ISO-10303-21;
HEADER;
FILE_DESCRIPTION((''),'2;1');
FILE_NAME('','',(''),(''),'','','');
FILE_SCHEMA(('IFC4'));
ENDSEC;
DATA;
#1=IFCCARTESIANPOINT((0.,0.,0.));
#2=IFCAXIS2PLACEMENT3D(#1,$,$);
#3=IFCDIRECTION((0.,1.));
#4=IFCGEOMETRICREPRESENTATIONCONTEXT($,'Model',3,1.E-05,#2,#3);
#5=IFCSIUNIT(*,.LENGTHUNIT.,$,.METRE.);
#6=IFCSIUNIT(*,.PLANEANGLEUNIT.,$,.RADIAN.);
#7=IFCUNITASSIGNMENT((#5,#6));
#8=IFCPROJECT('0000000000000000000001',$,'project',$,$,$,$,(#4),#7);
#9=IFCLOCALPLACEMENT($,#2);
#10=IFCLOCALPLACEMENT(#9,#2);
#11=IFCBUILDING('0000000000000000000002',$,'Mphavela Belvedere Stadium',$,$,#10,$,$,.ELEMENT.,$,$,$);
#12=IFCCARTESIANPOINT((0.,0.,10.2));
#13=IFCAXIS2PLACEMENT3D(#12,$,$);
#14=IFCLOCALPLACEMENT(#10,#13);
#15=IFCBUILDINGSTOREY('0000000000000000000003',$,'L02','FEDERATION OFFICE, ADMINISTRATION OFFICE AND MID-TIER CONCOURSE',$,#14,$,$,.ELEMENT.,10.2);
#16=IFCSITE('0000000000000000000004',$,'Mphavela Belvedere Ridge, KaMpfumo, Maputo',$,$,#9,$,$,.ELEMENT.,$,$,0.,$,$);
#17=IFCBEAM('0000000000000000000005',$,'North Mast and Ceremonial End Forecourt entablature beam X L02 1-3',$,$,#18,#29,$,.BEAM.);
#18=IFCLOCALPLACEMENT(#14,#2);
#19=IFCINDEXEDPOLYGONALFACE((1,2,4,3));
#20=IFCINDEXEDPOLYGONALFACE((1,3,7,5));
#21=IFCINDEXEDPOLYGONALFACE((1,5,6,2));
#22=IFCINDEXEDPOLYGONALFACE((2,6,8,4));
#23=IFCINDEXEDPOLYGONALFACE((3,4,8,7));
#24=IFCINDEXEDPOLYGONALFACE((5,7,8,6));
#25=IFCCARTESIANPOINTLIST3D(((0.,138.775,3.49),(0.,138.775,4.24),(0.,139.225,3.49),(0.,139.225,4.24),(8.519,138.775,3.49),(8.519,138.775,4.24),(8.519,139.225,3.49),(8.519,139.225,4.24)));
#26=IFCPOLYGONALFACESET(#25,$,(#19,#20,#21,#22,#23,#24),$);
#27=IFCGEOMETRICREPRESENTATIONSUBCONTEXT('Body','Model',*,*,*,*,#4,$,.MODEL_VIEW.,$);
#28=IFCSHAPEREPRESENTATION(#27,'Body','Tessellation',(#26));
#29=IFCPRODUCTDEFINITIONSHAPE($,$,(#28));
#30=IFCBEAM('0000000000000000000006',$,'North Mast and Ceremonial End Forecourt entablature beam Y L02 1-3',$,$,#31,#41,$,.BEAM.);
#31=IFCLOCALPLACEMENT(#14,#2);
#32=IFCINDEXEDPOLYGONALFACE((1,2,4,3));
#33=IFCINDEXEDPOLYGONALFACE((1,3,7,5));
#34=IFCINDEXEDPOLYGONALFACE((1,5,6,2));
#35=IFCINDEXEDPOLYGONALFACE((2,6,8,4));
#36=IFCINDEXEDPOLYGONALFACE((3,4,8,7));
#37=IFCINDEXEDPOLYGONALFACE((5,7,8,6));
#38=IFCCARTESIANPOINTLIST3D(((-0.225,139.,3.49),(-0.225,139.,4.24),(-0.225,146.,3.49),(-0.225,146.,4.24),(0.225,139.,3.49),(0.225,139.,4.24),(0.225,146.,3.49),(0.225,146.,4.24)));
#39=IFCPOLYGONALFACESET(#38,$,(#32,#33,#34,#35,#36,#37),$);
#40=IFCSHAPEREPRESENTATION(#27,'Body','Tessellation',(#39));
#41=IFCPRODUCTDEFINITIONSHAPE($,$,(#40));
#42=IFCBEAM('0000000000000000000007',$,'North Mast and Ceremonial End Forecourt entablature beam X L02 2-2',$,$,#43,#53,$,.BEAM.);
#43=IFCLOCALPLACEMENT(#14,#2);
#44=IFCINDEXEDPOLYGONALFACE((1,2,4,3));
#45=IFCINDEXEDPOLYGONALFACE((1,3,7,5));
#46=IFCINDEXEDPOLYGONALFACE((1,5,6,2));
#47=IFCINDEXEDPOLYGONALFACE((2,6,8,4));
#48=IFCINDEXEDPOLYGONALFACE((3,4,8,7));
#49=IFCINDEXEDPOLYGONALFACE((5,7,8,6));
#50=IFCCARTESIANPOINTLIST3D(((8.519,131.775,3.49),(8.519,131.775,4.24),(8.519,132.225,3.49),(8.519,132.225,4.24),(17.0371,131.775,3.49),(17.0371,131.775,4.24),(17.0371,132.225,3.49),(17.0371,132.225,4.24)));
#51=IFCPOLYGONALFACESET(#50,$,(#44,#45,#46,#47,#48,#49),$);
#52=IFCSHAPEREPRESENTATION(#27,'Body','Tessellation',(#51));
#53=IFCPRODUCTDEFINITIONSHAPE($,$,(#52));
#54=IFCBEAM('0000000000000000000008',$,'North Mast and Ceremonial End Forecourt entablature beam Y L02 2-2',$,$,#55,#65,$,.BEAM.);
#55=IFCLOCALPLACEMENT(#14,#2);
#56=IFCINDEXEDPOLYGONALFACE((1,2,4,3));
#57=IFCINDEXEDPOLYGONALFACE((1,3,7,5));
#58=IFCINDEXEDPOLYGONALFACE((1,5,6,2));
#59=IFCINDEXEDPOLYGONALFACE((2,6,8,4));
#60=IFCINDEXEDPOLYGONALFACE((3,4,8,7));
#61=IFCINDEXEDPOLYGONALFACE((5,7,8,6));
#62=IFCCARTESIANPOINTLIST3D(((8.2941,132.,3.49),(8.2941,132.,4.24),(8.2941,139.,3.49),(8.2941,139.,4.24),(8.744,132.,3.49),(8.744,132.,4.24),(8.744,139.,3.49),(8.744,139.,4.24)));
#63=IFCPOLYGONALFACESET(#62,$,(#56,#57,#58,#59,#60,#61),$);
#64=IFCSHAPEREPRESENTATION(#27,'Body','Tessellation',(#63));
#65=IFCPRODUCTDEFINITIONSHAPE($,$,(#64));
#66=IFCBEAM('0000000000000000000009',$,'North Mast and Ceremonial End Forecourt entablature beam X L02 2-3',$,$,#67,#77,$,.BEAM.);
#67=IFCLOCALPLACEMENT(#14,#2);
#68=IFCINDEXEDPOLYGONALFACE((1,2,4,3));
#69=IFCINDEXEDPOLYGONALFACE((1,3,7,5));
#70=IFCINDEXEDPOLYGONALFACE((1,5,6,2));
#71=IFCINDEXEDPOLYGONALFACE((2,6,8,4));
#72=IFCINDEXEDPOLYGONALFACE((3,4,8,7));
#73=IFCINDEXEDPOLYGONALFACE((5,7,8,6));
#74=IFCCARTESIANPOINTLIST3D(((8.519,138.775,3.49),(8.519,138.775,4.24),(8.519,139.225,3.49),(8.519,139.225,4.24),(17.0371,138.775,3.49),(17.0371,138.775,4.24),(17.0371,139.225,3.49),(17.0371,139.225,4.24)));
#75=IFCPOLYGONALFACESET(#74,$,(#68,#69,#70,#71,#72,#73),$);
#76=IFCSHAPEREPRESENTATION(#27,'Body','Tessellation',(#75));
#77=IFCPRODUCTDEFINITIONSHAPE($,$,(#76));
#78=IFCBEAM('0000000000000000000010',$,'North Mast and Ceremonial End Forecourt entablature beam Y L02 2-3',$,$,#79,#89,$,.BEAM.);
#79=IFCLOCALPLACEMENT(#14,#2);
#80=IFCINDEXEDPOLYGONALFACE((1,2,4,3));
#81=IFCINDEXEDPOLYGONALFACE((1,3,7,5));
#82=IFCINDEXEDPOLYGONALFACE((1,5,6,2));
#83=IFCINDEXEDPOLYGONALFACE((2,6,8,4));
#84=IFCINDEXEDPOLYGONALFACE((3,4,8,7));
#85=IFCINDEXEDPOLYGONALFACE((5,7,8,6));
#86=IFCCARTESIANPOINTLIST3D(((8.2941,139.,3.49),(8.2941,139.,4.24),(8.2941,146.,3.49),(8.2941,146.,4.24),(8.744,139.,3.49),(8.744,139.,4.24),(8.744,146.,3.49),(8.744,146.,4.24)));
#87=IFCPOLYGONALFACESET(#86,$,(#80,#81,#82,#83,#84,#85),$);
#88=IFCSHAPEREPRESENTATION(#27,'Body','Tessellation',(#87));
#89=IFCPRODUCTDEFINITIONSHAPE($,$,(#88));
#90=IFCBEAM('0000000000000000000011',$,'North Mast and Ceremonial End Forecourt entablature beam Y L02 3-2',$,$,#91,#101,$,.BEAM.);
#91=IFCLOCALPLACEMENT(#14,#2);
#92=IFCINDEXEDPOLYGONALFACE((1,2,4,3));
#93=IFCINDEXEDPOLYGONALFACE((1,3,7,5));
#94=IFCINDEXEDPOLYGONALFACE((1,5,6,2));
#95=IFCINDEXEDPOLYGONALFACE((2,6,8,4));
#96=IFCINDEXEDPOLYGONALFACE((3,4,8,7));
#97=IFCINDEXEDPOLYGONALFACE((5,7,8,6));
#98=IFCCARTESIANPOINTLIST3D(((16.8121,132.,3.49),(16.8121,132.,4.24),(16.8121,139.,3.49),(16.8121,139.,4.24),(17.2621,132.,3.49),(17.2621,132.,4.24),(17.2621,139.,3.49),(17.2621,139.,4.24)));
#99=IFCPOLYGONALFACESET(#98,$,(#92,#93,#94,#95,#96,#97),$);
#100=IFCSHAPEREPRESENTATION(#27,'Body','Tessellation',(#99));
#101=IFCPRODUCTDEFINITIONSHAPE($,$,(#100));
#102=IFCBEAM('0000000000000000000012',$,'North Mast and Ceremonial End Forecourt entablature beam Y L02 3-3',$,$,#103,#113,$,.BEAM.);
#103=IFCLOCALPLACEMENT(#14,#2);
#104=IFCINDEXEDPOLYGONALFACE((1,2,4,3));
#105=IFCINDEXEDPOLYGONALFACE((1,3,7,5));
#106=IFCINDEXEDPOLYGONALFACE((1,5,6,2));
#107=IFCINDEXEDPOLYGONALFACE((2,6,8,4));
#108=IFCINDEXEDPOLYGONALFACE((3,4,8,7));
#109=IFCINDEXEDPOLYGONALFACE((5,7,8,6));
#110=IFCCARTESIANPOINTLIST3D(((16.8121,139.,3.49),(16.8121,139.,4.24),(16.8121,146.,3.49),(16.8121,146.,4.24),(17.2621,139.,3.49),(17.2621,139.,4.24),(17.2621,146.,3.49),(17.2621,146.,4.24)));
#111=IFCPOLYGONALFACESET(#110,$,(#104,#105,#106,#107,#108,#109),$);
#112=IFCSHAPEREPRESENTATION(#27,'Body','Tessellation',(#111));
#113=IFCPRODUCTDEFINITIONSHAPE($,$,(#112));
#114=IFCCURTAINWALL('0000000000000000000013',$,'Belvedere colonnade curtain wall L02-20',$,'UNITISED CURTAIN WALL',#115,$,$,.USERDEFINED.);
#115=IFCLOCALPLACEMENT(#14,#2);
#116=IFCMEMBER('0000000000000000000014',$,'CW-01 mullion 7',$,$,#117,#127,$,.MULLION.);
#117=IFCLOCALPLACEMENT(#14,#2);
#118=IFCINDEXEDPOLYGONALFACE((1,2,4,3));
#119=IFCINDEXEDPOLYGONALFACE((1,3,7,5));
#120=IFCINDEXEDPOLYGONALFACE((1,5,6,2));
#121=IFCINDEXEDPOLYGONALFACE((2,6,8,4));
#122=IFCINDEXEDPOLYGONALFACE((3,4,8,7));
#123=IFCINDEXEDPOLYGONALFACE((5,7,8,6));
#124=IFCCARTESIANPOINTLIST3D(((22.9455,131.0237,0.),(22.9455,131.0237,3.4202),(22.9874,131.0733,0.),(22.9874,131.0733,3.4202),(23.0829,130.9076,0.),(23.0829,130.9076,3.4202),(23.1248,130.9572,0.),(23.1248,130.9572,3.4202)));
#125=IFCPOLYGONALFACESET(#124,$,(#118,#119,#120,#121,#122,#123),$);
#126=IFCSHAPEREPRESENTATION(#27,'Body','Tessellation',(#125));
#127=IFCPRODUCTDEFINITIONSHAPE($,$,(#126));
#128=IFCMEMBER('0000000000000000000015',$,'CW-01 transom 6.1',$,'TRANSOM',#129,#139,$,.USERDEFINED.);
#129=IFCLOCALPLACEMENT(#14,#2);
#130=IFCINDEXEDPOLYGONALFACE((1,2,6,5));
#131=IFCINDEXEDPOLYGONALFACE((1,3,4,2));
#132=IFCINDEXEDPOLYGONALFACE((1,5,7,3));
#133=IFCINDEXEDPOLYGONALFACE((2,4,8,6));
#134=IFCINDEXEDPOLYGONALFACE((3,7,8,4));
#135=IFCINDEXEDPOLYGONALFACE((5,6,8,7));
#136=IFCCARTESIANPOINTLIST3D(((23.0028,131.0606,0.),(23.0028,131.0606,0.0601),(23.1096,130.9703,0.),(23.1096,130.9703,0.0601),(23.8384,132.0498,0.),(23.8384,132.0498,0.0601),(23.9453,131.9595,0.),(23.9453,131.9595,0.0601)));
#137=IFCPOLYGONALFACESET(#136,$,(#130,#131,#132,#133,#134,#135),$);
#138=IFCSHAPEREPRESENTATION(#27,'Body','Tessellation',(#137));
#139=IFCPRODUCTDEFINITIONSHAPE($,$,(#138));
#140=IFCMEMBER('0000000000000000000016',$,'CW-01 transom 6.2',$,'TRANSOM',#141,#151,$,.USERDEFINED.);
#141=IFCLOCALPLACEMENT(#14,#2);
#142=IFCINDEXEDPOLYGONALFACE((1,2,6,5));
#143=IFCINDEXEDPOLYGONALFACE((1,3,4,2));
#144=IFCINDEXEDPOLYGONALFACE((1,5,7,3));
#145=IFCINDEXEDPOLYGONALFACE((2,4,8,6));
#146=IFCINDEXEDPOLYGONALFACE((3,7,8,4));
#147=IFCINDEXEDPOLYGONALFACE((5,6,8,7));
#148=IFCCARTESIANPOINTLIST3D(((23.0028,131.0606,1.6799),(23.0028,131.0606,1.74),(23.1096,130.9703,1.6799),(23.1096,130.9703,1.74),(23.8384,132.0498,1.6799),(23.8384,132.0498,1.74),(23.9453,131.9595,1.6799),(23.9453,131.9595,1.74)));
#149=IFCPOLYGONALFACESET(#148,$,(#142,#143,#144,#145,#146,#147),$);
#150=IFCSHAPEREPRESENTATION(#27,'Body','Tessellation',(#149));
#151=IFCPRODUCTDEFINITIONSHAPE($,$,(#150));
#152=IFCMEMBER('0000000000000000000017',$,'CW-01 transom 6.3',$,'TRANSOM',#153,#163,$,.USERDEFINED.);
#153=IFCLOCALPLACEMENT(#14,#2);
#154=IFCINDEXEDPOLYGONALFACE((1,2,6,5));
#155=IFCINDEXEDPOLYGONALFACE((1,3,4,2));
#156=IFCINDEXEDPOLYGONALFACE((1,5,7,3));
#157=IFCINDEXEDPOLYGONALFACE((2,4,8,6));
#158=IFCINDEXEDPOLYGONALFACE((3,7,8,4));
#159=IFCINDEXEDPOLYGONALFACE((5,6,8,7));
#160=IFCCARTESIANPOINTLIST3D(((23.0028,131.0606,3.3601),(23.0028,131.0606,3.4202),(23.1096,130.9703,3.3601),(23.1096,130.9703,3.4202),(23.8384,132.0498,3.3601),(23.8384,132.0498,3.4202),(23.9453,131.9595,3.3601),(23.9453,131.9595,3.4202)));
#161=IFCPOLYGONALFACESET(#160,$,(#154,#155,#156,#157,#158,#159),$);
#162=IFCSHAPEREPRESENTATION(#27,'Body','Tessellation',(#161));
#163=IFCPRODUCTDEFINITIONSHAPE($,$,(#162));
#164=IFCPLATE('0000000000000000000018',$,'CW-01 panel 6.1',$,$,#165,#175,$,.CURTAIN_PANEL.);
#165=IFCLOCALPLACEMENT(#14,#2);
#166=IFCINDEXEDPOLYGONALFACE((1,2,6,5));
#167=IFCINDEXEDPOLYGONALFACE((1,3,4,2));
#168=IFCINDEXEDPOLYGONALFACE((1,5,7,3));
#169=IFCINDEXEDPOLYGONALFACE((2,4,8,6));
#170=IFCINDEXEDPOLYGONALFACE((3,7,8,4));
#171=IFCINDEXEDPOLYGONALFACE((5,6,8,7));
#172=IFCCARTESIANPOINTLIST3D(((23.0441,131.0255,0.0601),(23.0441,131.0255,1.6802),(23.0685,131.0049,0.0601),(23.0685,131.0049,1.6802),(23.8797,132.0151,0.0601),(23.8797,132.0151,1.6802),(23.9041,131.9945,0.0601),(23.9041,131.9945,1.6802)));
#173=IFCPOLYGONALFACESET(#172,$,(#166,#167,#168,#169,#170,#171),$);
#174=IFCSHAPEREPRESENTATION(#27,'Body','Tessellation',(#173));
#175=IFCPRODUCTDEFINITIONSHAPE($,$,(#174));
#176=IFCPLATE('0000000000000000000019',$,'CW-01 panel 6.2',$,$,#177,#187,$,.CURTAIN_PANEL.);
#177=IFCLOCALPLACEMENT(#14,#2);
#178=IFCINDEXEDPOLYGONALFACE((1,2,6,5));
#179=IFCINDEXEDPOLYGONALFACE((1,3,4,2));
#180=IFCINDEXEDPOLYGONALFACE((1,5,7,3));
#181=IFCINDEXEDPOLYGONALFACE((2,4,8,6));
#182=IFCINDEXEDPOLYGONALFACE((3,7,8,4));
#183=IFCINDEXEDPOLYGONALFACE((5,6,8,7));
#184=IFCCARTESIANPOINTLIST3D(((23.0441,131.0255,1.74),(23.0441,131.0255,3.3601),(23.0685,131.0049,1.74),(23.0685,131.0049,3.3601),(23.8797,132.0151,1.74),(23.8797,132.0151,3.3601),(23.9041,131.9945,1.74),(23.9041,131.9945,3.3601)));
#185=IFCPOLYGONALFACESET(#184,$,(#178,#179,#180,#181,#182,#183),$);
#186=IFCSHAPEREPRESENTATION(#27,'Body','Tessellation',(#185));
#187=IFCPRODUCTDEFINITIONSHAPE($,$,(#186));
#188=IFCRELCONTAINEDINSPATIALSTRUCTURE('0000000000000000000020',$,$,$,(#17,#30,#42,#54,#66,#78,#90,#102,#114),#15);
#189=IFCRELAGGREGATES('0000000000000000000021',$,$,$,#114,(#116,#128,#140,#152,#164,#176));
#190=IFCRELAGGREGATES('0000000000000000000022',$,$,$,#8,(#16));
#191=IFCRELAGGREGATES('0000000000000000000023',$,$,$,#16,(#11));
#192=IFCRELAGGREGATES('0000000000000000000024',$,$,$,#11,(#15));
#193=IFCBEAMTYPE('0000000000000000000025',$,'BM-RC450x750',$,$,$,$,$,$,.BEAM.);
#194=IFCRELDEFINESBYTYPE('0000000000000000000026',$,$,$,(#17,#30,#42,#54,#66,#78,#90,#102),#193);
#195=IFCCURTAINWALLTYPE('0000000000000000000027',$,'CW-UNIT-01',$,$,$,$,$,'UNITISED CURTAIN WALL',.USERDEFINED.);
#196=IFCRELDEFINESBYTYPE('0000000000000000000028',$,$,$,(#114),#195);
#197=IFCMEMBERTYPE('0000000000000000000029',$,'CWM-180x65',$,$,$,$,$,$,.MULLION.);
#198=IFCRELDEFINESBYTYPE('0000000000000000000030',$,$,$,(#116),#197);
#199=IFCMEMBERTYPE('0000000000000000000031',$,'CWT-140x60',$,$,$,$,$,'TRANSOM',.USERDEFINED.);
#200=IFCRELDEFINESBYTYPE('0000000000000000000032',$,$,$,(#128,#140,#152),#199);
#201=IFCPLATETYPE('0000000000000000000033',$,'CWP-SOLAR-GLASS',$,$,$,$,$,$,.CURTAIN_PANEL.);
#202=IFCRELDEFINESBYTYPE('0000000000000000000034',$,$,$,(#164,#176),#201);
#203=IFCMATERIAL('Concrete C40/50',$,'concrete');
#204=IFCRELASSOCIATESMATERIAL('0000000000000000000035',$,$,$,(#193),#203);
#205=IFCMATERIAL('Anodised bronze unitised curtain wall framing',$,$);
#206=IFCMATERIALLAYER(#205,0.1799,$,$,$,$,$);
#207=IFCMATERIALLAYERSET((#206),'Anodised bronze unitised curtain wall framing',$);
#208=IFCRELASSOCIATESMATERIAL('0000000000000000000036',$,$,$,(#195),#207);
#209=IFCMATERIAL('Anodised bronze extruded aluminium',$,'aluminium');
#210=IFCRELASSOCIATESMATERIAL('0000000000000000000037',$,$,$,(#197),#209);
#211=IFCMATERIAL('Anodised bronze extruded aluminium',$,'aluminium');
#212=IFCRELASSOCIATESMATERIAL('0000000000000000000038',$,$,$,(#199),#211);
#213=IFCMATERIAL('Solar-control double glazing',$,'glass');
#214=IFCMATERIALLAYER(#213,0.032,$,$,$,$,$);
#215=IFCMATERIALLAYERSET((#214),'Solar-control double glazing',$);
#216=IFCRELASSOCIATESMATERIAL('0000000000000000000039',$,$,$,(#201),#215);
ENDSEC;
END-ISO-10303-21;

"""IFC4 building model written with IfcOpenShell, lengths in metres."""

from ifc_helpers import new_model, si_unit, direction, frame, origin, origin_2d, place, context, subcontext, project, spatial, rectangle, extrude, material, layer, layer_set, material_profile, profile_set, type_object, element, aggregate, save


model = new_model("IFC4")

# Units and contexts
model_context = context("Model", 3, precision=1e-05, world=origin(), true_north=direction((0.0, 1.0)))
body_context = subcontext(model_context, "Body", "Model", "MODEL_VIEW")
ifc_project = project(units=[si_unit("LENGTHUNIT", "METRE"), si_unit("PLANEANGLEUNIT", "RADIAN")], contexts=[model_context])

# Site, building, storey
site_placement = place(None, origin())
site = spatial("IfcSite", under=ifc_project, at=site_placement, Name="Mphavela Belvedere Ridge, KaMpfumo, Maputo", CompositionType="ELEMENT", RefElevation=0.0)
building_placement = place(site_placement, origin())
building = spatial("IfcBuilding", under=site, at=building_placement, Name="Mphavela Belvedere Stadium", CompositionType="ELEMENT")
storey_placement = place(building_placement, frame((0.0, 0.0, 10.2)))
storey = spatial("IfcBuildingStorey", under=building, at=storey_placement, Name="L02", Description="FEDERATION OFFICE, ADMINISTRATION OFFICE AND MID-TIER CONCOURSE", CompositionType="ELEMENT", Elevation=10.2)

# Beams
ifc_material_1 = material(Name="Concrete C40/50", Category="concrete")
ifc_material_profile_1 = material_profile(ifc_material_1, rectangle(XDim=0.45, YDim=0.75, at=origin_2d()), Name="RC 450x750")
ifc_profile_set_1 = profile_set([ifc_material_profile_1], Name="Concrete C40/50")
beam_type_1 = type_object("IfcBeamType", Name="BM-RC450x750", PredefinedType="BEAM", material=ifc_profile_set_1)
beam_1_placement = place(storey_placement, frame((0.0, 139.0, 3.865), z_axis=(1.0, 0.0, 0.0), x_axis=(0.0, 1.0, 0.0)))
element("IfcBeam", 1, at=beam_1_placement, inside=storey, type_object=beam_type_1, Name="North Mast and Ceremonial End Forecourt entablature beam X L02 1-3", PredefinedType="BEAM", context=body_context, shape_type="SweptSolid", body=[
    extrude(rectangle(XDim=0.45, YDim=0.75, at=origin_2d()), origin(), (0.0, 0.0, 1.0), 8.519),
])
beam_2_placement = place(storey_placement, frame((0.0, 139.0, 3.865), z_axis=(0.0, 1.0, 0.0), x_axis=(-1.0, 0.0, 0.0)))
element("IfcBeam", 2, at=beam_2_placement, inside=storey, type_object=beam_type_1, Name="North Mast and Ceremonial End Forecourt entablature beam Y L02 1-3", PredefinedType="BEAM", context=body_context, shape_type="SweptSolid", body=[
    extrude(rectangle(XDim=0.45, YDim=0.75, at=origin_2d()), origin(), (0.0, 0.0, 1.0), 7.0),
])
beam_3_placement = place(storey_placement, frame((8.519, 132.0, 3.865), z_axis=(1.0, 0.0, 0.0), x_axis=(0.0, 1.0, 0.0)))
element("IfcBeam", 3, at=beam_3_placement, inside=storey, type_object=beam_type_1, Name="North Mast and Ceremonial End Forecourt entablature beam X L02 2-2", PredefinedType="BEAM", context=body_context, shape_type="SweptSolid", body=[
    extrude(rectangle(XDim=0.45, YDim=0.75, at=origin_2d()), origin(), (0.0, 0.0, 1.0), 8.5181),
])
beam_4_placement = place(storey_placement, frame((8.519, 132.0, 3.865), z_axis=(0.0, 1.0, 0.0), x_axis=(-1.0, 0.0, 0.0)))
element("IfcBeam", 4, at=beam_4_placement, inside=storey, type_object=beam_type_1, Name="North Mast and Ceremonial End Forecourt entablature beam Y L02 2-2", PredefinedType="BEAM", context=body_context, shape_type="SweptSolid", body=[
    extrude(rectangle(XDim=0.45, YDim=0.75, at=origin_2d()), origin(), (0.0, 0.0, 1.0), 7.0),
])
beam_5_placement = place(storey_placement, frame((8.519, 139.0, 3.865), z_axis=(1.0, 0.0, 0.0), x_axis=(0.0, 1.0, 0.0)))
element("IfcBeam", 5, at=beam_5_placement, inside=storey, type_object=beam_type_1, Name="North Mast and Ceremonial End Forecourt entablature beam X L02 2-3", PredefinedType="BEAM", context=body_context, shape_type="SweptSolid", body=[
    extrude(rectangle(XDim=0.45, YDim=0.75, at=origin_2d()), origin(), (0.0, 0.0, 1.0), 8.5181),
])
for number, where, z_axis, x_axis, name in (
    (6, (8.519, 139.0, 3.865), (0.0, 1.0, 0.0), (-1.0, 0.0, 0.0), "North Mast and Ceremonial End Forecourt entablature beam Y L02 2-3"),
    (7, (17.0371, 132.0, 3.865), (0.0, 1.0, 0.0), (-1.0, 0.0, 0.0), "North Mast and Ceremonial End Forecourt entablature beam Y L02 3-2"),
    (8, (17.0371, 139.0, 3.865), (0.0, 1.0, 0.0), (-1.0, 0.0, 0.0), "North Mast and Ceremonial End Forecourt entablature beam Y L02 3-3"),
):
    element("IfcBeam", number, at=place(storey_placement, frame(where, z_axis=z_axis, x_axis=x_axis)), inside=storey, type_object=beam_type_1, Name=name, PredefinedType="BEAM", context=body_context, shape_type="SweptSolid", body=[
        extrude(rectangle(XDim=0.45, YDim=0.75, at=origin_2d()), origin(), (0.0, 0.0, 1.0), 7.0),
    ])

# Curtain wall, members, plates
ifc_material_2 = material(Name="Anodised bronze unitised curtain wall framing")
ifc_layer_1 = layer(ifc_material_2, 0.1799)
ifc_layer_set_1 = layer_set([ifc_layer_1], Name="Anodised bronze unitised curtain wall framing")
curtain_wall_type = type_object("IfcCurtainWallType", Name="CW-UNIT-01", ElementType="UNITISED CURTAIN WALL", PredefinedType="USERDEFINED", material=ifc_layer_set_1)
curtain_wall_placement = place(storey_placement, origin())
curtain_wall = element("IfcCurtainWall", 9, at=curtain_wall_placement, inside=storey, type_object=curtain_wall_type, Name="Belvedere colonnade curtain wall L02-20", ObjectType="UNITISED CURTAIN WALL", PredefinedType="USERDEFINED")
ifc_material_3 = material(Name="Anodised bronze extruded aluminium", Category="aluminium")
ifc_material_profile_2 = material_profile(ifc_material_3, rectangle(XDim=0.1799, YDim=0.0649, at=origin_2d()), Name="CW-MUL 180x65")
ifc_profile_set_2 = profile_set([ifc_material_profile_2], Name="Anodised bronze extruded aluminium")
member_type_1 = type_object("IfcMemberType", Name="CWM-180x65", PredefinedType="MULLION", material=ifc_profile_set_2)
member_1_placement = place(storey_placement, frame((23.0352, 130.9905, 0.0), z_axis=(0.0, 0.0, 1.0), x_axis=(0.76404, -0.645169, 0.0)))
member_1 = element("IfcMember", 10, at=member_1_placement, type_object=member_type_1, Name="CW-01 mullion 7", PredefinedType="MULLION", context=body_context, shape_type="SweptSolid", body=[
    extrude(rectangle(XDim=0.1799, YDim=0.0649, at=origin_2d()), origin(), (0.0, 0.0, 1.0), 3.4202),
])
ifc_material_4 = material(Name="Anodised bronze extruded aluminium", Category="aluminium")
ifc_material_profile_3 = material_profile(ifc_material_4, rectangle(XDim=0.1399, YDim=0.0601, at=origin_2d()), Name="CW-TRN 140x60")
ifc_profile_set_3 = profile_set([ifc_material_profile_3], Name="Anodised bronze extruded aluminium")
member_type_2 = type_object("IfcMemberType", Name="CWT-140x60", ElementType="TRANSOM", PredefinedType="USERDEFINED", material=ifc_profile_set_3)
member_2_placement = place(storey_placement, frame((23.8918, 132.0046, 0.03), z_axis=(-0.645325, -0.763908, 0.0), x_axis=(0.763908, -0.645325, 0.0)))
member_2 = element("IfcMember", 11, at=member_2_placement, type_object=member_type_2, Name="CW-01 transom 6.1", ObjectType="TRANSOM", PredefinedType="USERDEFINED", context=body_context, shape_type="SweptSolid", body=[
    extrude(rectangle(XDim=0.1399, YDim=0.0601, at=origin_2d()), origin(), (0.0, 0.0, 1.0), 1.2949),
])
member_3_placement = place(storey_placement, frame((23.8918, 132.0046, 1.71), z_axis=(-0.645325, -0.763908, 0.0), x_axis=(0.763908, -0.645325, 0.0)))
member_3 = element("IfcMember", 12, at=member_3_placement, type_object=member_type_2, Name="CW-01 transom 6.2", ObjectType="TRANSOM", PredefinedType="USERDEFINED", context=body_context, shape_type="SweptSolid", body=[
    extrude(rectangle(XDim=0.1399, YDim=0.0601, at=origin_2d()), origin(), (0.0, 0.0, 1.0), 1.2949),
])
member_4_placement = place(storey_placement, frame((23.8918, 132.0046, 3.3901), z_axis=(-0.645325, -0.763908, 0.0), x_axis=(0.763908, -0.645325, 0.0)))
member_4 = element("IfcMember", 13, at=member_4_placement, type_object=member_type_2, Name="CW-01 transom 6.3", ObjectType="TRANSOM", PredefinedType="USERDEFINED", context=body_context, shape_type="SweptSolid", body=[
    extrude(rectangle(XDim=0.1399, YDim=0.0601, at=origin_2d()), origin(), (0.0, 0.0, 1.0), 1.2949),
])
ifc_material_5 = material(Name="Solar-control double glazing", Category="glass")
ifc_layer_2 = layer(ifc_material_5, 0.032)
ifc_layer_set_2 = layer_set([ifc_layer_2], Name="Solar-control double glazing")
plate_type = type_object("IfcPlateType", Name="CWP-SOLAR-GLASS", PredefinedType="CURTAIN_PANEL", material=ifc_layer_set_2)
plate_1_placement = place(storey_placement, frame((23.4741, 131.51, 0.0601), z_axis=(0.0, 0.0, 1.0), x_axis=(-0.645169, -0.76404, 0.0)))
plate_1 = element("IfcPlate", 14, at=plate_1_placement, type_object=plate_type, Name="CW-01 panel 6.1", PredefinedType="CURTAIN_PANEL", context=body_context, shape_type="SweptSolid", body=[
    extrude(rectangle(XDim=1.2952, YDim=0.032, at=origin_2d()), origin(), (0.0, 0.0, 1.0), 1.6201),
])
plate_2_placement = place(storey_placement, frame((23.4741, 131.51, 1.74), z_axis=(0.0, 0.0, 1.0), x_axis=(-0.645169, -0.76404, 0.0)))
plate_2 = element("IfcPlate", 15, at=plate_2_placement, type_object=plate_type, Name="CW-01 panel 6.2", PredefinedType="CURTAIN_PANEL", context=body_context, shape_type="SweptSolid", body=[
    extrude(rectangle(XDim=1.2952, YDim=0.032, at=origin_2d()), origin(), (0.0, 0.0, 1.0), 1.6201),
])
aggregate(curtain_wall, [member_1, member_2, member_3, member_4, plate_1, plate_2])

save(model, "model.ifc")
